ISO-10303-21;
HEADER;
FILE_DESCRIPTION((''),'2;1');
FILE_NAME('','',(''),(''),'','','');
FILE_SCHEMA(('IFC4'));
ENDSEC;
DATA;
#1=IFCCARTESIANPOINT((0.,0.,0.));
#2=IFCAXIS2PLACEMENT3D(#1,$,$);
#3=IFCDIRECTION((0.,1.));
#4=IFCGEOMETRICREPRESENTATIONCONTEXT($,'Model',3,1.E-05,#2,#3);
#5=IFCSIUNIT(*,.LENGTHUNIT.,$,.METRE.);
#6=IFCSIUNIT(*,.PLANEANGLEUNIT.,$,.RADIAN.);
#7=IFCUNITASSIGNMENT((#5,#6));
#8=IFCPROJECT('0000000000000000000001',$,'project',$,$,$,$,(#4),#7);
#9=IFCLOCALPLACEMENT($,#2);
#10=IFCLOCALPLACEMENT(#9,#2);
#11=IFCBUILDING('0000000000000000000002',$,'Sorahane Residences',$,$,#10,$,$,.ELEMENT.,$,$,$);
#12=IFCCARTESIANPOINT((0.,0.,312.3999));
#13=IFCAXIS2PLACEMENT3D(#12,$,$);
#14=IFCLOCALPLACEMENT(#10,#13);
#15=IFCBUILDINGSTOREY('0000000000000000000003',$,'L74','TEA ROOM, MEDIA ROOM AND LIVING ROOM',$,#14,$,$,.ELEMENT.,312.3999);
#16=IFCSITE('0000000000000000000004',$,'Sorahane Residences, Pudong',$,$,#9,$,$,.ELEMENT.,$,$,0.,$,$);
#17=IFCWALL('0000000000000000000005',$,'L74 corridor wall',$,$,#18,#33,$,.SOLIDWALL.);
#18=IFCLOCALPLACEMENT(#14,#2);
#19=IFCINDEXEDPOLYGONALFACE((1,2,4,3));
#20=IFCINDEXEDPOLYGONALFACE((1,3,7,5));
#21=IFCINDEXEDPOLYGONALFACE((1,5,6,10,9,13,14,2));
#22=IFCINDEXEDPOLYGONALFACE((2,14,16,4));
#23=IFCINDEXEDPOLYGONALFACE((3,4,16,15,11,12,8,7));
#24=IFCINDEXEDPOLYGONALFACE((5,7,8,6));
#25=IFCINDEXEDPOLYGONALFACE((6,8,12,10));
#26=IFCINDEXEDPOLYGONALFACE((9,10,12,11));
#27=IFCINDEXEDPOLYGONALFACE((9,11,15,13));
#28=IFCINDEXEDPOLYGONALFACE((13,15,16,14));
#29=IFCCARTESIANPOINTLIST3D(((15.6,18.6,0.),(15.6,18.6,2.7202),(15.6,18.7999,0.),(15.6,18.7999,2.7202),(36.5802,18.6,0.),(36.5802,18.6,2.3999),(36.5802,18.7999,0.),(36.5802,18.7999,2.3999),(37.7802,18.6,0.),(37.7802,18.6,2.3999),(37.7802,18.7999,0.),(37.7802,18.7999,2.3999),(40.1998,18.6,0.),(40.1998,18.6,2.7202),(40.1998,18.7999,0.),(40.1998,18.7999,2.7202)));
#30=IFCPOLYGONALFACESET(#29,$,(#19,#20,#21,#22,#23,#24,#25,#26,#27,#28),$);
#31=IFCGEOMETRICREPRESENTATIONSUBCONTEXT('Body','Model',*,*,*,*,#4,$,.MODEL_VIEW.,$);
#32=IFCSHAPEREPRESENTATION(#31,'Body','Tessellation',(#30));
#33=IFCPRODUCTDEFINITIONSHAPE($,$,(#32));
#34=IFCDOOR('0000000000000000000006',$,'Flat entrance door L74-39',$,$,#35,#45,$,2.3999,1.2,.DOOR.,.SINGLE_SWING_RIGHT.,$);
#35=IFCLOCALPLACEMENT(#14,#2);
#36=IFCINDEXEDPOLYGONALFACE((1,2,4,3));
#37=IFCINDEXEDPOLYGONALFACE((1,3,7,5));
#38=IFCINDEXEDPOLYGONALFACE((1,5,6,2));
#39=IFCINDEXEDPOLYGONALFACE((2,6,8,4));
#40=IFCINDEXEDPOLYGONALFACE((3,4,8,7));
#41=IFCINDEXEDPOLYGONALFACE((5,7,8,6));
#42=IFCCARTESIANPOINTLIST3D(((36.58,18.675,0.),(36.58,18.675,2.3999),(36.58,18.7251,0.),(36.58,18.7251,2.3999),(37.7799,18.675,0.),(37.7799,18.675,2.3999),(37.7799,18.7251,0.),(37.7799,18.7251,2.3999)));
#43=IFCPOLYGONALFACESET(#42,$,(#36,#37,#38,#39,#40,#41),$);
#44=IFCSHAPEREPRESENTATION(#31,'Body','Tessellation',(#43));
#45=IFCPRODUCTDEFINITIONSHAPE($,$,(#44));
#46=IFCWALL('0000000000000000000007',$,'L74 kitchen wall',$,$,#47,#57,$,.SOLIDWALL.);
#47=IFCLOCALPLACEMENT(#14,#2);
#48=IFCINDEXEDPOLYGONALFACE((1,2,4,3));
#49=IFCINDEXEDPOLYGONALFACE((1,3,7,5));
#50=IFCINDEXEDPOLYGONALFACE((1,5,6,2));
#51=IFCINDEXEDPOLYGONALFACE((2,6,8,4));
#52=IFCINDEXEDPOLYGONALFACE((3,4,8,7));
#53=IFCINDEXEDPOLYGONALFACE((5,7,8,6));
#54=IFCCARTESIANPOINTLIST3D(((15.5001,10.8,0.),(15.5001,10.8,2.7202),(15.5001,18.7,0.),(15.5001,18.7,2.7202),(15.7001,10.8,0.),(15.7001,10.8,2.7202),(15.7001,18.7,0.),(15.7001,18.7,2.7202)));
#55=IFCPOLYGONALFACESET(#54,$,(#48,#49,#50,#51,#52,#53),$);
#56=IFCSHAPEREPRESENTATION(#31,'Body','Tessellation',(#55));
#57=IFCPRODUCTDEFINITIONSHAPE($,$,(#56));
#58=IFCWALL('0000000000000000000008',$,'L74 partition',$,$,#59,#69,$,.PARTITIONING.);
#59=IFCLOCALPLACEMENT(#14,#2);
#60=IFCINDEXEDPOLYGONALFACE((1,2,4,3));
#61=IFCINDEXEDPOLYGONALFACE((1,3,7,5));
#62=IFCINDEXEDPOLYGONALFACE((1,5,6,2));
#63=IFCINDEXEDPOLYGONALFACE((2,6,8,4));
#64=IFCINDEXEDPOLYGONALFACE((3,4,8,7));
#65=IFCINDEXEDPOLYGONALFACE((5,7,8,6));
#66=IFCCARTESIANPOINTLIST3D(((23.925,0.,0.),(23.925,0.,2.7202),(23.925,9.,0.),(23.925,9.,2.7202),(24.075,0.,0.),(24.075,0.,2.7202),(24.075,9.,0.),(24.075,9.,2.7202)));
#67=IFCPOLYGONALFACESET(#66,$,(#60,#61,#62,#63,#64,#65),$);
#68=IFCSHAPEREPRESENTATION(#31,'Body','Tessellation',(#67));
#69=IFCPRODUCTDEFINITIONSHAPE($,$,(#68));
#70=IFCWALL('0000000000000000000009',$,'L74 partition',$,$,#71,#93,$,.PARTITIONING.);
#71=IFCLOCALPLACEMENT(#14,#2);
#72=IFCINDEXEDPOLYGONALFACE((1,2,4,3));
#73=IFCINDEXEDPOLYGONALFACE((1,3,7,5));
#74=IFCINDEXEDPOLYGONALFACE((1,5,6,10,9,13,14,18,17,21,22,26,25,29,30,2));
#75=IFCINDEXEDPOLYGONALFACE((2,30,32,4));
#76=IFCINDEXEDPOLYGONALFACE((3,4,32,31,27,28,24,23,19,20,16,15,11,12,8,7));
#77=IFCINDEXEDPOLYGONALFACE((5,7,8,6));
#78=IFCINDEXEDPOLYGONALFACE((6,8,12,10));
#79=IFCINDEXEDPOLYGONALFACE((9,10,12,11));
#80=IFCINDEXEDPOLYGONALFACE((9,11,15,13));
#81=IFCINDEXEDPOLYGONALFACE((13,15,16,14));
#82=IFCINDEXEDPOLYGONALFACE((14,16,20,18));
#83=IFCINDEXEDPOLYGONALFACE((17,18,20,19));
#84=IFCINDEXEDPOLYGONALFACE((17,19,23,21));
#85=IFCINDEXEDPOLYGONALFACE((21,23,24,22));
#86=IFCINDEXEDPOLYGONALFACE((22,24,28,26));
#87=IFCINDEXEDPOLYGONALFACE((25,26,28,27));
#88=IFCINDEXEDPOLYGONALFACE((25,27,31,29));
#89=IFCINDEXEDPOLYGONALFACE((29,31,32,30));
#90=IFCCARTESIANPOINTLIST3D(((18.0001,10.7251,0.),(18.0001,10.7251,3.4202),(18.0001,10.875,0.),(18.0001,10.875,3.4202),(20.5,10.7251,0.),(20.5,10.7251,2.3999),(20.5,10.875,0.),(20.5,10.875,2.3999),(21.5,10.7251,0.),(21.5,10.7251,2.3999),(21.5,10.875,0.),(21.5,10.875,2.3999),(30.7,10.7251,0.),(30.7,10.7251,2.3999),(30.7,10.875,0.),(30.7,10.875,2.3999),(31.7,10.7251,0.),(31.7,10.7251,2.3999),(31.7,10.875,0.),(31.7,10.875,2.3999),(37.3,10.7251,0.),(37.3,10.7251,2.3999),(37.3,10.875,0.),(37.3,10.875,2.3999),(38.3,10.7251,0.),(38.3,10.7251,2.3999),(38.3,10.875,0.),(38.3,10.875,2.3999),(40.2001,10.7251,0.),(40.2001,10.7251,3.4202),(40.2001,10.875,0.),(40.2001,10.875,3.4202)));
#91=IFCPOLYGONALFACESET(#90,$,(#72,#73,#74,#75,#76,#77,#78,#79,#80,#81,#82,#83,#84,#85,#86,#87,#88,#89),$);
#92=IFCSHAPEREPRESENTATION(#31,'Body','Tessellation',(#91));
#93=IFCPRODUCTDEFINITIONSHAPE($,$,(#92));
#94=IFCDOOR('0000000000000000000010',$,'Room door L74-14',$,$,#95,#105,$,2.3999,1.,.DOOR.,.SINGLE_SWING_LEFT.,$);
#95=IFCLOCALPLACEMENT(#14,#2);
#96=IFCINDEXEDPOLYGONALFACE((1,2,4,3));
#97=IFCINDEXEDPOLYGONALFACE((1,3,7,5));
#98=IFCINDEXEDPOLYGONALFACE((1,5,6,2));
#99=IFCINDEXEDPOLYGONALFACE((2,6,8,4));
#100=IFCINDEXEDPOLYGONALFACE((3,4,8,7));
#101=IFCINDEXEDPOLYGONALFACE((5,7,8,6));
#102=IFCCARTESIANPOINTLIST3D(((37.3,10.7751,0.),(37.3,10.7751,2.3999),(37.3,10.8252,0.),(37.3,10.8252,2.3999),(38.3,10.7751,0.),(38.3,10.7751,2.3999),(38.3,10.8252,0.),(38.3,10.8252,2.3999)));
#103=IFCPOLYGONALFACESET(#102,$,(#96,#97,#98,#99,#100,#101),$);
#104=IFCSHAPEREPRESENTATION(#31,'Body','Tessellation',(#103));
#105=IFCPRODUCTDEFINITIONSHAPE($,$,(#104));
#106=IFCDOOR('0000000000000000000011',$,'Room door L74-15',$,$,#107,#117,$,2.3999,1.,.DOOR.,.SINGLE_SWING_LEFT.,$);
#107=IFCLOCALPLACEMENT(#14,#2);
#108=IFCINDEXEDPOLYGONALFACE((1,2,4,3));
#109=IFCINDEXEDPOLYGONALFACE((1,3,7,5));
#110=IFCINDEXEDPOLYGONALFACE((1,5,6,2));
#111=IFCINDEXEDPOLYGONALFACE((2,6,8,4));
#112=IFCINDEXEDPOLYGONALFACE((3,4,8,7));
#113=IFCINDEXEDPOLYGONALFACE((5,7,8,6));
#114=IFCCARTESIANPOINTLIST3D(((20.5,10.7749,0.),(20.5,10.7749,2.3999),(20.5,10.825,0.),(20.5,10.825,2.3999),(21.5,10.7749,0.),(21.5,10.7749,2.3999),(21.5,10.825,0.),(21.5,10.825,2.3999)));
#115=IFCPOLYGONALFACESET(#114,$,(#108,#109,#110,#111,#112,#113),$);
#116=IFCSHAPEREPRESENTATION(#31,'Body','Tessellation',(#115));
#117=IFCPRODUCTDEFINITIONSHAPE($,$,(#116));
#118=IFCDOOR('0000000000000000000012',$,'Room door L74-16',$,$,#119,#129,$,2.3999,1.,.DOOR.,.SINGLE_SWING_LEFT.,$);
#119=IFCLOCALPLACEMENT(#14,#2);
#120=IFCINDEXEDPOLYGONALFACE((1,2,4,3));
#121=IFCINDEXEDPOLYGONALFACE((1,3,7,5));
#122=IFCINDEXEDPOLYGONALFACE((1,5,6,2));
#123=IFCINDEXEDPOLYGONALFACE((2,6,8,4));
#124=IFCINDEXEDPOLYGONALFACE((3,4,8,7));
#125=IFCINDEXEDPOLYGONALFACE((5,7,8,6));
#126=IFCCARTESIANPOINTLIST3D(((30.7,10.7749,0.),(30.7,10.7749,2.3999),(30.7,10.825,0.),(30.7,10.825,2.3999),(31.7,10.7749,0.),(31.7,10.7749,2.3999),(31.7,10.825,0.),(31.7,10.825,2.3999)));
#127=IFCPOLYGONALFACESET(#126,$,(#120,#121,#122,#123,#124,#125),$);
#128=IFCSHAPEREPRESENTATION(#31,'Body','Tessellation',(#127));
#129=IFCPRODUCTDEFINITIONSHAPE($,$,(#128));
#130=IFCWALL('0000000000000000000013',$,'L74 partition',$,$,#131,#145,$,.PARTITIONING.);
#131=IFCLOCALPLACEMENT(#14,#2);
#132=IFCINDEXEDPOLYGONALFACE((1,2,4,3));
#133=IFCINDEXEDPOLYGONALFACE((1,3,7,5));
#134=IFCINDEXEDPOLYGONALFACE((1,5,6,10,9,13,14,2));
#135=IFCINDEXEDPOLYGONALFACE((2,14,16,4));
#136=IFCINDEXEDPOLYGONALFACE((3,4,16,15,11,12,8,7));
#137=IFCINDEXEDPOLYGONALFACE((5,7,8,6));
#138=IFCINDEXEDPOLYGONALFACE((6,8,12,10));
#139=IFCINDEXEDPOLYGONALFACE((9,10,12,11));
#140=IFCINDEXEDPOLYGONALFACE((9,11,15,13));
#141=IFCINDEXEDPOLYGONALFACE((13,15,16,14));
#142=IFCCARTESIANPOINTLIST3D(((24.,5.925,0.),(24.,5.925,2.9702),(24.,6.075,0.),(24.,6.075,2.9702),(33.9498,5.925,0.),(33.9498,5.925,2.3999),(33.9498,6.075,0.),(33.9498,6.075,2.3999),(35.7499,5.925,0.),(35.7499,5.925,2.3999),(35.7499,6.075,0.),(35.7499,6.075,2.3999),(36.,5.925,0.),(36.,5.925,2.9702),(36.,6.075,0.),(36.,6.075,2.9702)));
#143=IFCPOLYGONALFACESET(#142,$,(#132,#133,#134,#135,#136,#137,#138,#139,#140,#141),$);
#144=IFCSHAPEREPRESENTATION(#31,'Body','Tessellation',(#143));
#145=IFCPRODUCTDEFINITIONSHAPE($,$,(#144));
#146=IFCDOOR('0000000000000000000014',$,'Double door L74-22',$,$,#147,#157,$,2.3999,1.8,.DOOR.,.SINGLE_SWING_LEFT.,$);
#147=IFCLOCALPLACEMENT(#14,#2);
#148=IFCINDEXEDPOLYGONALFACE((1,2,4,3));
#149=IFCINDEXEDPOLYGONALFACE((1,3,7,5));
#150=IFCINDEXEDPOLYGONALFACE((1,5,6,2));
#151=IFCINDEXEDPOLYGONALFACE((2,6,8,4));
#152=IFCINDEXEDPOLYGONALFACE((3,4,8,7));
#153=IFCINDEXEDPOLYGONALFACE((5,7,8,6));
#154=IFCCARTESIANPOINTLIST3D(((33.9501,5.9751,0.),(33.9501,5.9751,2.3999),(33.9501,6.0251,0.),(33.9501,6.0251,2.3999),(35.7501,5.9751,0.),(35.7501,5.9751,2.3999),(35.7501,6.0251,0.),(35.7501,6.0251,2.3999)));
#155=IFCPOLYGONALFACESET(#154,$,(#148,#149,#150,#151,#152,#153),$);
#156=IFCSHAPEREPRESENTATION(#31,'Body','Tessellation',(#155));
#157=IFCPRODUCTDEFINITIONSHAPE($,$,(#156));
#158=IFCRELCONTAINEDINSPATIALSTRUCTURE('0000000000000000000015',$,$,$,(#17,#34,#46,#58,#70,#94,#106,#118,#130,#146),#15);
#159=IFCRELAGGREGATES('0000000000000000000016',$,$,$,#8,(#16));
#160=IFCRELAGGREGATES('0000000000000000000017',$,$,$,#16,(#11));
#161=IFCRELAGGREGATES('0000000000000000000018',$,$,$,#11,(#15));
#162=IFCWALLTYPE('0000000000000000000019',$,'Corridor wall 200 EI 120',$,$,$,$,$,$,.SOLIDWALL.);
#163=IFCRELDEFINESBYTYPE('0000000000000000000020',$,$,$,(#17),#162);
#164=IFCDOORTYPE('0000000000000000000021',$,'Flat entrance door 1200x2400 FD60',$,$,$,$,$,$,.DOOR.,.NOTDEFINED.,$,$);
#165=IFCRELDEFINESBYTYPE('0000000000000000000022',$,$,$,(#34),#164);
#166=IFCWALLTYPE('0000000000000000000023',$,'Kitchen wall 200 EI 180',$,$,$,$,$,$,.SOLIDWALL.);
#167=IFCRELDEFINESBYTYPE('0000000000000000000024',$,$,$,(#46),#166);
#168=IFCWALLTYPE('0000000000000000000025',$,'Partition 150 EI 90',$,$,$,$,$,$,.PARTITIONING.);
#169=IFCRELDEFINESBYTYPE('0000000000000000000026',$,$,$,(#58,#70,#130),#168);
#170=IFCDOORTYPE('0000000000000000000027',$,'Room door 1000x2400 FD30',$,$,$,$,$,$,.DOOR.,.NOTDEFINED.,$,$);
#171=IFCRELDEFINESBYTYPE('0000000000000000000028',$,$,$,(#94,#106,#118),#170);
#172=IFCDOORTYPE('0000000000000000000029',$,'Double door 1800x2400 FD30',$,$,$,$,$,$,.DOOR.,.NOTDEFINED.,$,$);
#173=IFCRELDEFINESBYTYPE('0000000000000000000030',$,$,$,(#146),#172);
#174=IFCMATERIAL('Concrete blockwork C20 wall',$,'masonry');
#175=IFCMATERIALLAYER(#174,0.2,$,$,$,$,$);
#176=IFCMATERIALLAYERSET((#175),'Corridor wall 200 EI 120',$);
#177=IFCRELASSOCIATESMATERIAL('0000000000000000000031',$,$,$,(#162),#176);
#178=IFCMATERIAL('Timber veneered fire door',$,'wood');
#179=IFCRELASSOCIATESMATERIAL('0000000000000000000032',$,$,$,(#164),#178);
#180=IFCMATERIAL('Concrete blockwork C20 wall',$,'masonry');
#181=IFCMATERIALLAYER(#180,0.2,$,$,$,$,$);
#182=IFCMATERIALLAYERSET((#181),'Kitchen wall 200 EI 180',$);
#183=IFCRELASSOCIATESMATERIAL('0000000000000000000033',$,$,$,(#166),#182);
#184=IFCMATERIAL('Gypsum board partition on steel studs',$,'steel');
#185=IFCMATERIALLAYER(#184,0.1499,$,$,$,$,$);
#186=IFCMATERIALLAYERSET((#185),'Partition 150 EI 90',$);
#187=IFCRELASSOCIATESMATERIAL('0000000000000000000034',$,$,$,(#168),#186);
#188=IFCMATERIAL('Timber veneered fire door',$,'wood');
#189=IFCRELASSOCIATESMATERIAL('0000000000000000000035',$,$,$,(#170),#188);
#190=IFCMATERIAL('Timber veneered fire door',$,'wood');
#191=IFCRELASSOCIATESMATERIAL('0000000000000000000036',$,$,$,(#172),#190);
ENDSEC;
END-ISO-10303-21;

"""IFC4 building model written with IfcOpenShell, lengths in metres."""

from ifc_helpers import new_model, si_unit, direction, frame, frame_2d, origin, place, context, subcontext, project, spatial, rectangle, extrude, material, layer, layer_set, type_object, element, fill, save


model = new_model("IFC4")

# Units and contexts
model_context = context("Model", 3, precision=1e-05, world=origin(), true_north=direction((0.0, 1.0)))
body_context = subcontext(model_context, "Body", "Model", "MODEL_VIEW")
ifc_project = project(units=[si_unit("LENGTHUNIT", "METRE"), si_unit("PLANEANGLEUNIT", "RADIAN")], contexts=[model_context])

# Site, building, storey
site_placement = place(None, origin())
site = spatial("IfcSite", under=ifc_project, at=site_placement, Name="Sorahane Residences, Pudong", CompositionType="ELEMENT", RefElevation=0.0)
building_placement = place(site_placement, origin())
building = spatial("IfcBuilding", under=site, at=building_placement, Name="Sorahane Residences", CompositionType="ELEMENT")
storey_placement = place(building_placement, frame((0.0, 0.0, 312.3999)))
storey = spatial("IfcBuildingStorey", under=building, at=storey_placement, Name="L74", Description="TEA ROOM, MEDIA ROOM AND LIVING ROOM", CompositionType="ELEMENT", Elevation=312.3999)

# Wall, opening, door
ifc_material_1 = material(Name="Concrete blockwork C20 wall", Category="masonry")
ifc_layer_1 = layer(ifc_material_1, 0.2)
ifc_layer_set_1 = layer_set([ifc_layer_1], Name="Corridor wall 200 EI 120")
wall_type_1 = type_object("IfcWallType", Name="Corridor wall 200 EI 120", PredefinedType="SOLIDWALL", material=ifc_layer_set_1)
wall_1_placement = place(storey_placement, frame((15.6001, 18.7, 0.0), z_axis=(0.0, 0.0, 1.0), x_axis=(1.0, 0.0, 0.0)))
wall_1 = element("IfcWall", 1, at=wall_1_placement, inside=storey, type_object=wall_type_1, Name="L74 corridor wall", PredefinedType="SOLIDWALL", context=body_context, shape_type="SweptSolid", body=[
    extrude(rectangle(XDim=24.5999, YDim=0.2, at=frame_2d((12.2998, 0.0))), origin(), (0.0, 0.0, 1.0), 2.7202),
])
opening_1_placement = place(wall_1_placement, frame((20.98, 0.0, 0.0)))
opening_1 = element("IfcOpeningElement", 2, at=opening_1_placement, cuts=wall_1, PredefinedType="OPENING", context=body_context, shape_type="SweptSolid", body=[
    extrude(rectangle(XDim=1.2, YDim=2.3999, at=frame_2d((0.6001, 1.2))), frame((0.0, 0.1099, 0.0), z_axis=(0.0, -1.0, 0.0), x_axis=(1.0, 0.0, 0.0)), (0.0, 0.0, 1.0), 0.22),
])
ifc_material_2 = material(Name="Timber veneered fire door", Category="wood")
door_type_1 = type_object("IfcDoorType", Name="Flat entrance door 1200x2400 FD60", OperationType="NOTDEFINED", PredefinedType="DOOR", material=ifc_material_2)
door_1_placement = place(opening_1_placement, frame((1.2, 0.0, 0.0), z_axis=(0.0, 0.0, 1.0), x_axis=(-1.0, 0.0, 0.0)))
door_1 = element("IfcDoor", 3, at=door_1_placement, inside=storey, type_object=door_type_1, Name="Flat entrance door L74-39", OperationType="SINGLE_SWING_RIGHT", OverallHeight=2.3999, OverallWidth=1.2, PredefinedType="DOOR", context=body_context, shape_type="SweptSolid", body=[
    extrude(rectangle(XDim=1.2, YDim=2.3999, at=frame_2d((0.6001, 1.2))), frame((0.0, 0.0249, 0.0), z_axis=(0.0, -1.0, 0.0), x_axis=(1.0, 0.0, 0.0)), (0.0, 0.0, 1.0), 0.05),
])
fill(opening_1, door_1)

# Walls
ifc_material_3 = material(Name="Concrete blockwork C20 wall", Category="masonry")
ifc_layer_2 = layer(ifc_material_3, 0.2)
ifc_layer_set_2 = layer_set([ifc_layer_2], Name="Kitchen wall 200 EI 180")
wall_type_2 = type_object("IfcWallType", Name="Kitchen wall 200 EI 180", PredefinedType="SOLIDWALL", material=ifc_layer_set_2)
wall_2_placement = place(storey_placement, frame((15.6001, 10.8, 0.0), z_axis=(0.0, 0.0, 1.0), x_axis=(0.0, 1.0, 0.0)))
element("IfcWall", 4, at=wall_2_placement, inside=storey, type_object=wall_type_2, Name="L74 kitchen wall", PredefinedType="SOLIDWALL", context=body_context, shape_type="SweptSolid", body=[
    extrude(rectangle(XDim=7.8999, YDim=0.2, at=frame_2d((3.95, 0.0))), origin(), (0.0, 0.0, 1.0), 2.7202),
])
ifc_material_4 = material(Name="Gypsum board partition on steel studs", Category="steel")
ifc_layer_3 = layer(ifc_material_4, 0.1499)
ifc_layer_set_3 = layer_set([ifc_layer_3], Name="Partition 150 EI 90")
wall_type_3 = type_object("IfcWallType", Name="Partition 150 EI 90", PredefinedType="PARTITIONING", material=ifc_layer_set_3)
wall_3_placement = place(storey_placement, frame((24.0, 0.0, 0.0), z_axis=(0.0, 0.0, 1.0), x_axis=(0.0, 1.0, 0.0)))
element("IfcWall", 5, at=wall_3_placement, inside=storey, type_object=wall_type_3, Name="L74 partition", PredefinedType="PARTITIONING", context=body_context, shape_type="SweptSolid", body=[
    extrude(rectangle(XDim=9.0, YDim=0.1499, at=frame_2d((4.5, 0.0))), origin(), (0.0, 0.0, 1.0), 2.7202),
])

# Wall, openings, doors
wall_4_placement = place(storey_placement, frame((18.0, 10.8, 0.0), z_axis=(0.0, 0.0, 1.0), x_axis=(1.0, 0.0, 0.0)))
wall_4 = element("IfcWall", 6, at=wall_4_placement, inside=storey, type_object=wall_type_3, Name="L74 partition", PredefinedType="PARTITIONING", context=body_context, shape_type="SweptSolid", body=[
    extrude(rectangle(XDim=22.2, YDim=0.1499, at=frame_2d((11.1001, 0.0))), origin(), (0.0, 0.0, 1.0), 3.4202),
])
opening_2_placement = place(wall_4_placement, frame((19.3, 0.0, 0.0)))
opening_2 = element("IfcOpeningElement", 7, at=opening_2_placement, cuts=wall_4, PredefinedType="OPENING", context=body_context, shape_type="SweptSolid", body=[
    extrude(rectangle(XDim=1.0, YDim=2.3999, at=frame_2d((0.5, 1.2))), frame((0.0, 0.085, 0.0), z_axis=(0.0, -1.0, 0.0), x_axis=(1.0, 0.0, 0.0)), (0.0, 0.0, 1.0), 0.1699),
])
opening_3_placement = place(wall_4_placement, frame((2.5, 0.0, 0.0)))
opening_3 = element("IfcOpeningElement", 8, at=opening_3_placement, cuts=wall_4, PredefinedType="OPENING", context=body_context, shape_type="SweptSolid", body=[
    extrude(rectangle(XDim=1.0, YDim=2.3999, at=frame_2d((0.5, 1.2))), frame((0.0, 0.085, 0.0), z_axis=(0.0, -1.0, 0.0), x_axis=(1.0, 0.0, 0.0)), (0.0, 0.0, 1.0), 0.1699),
])
opening_4_placement = place(wall_4_placement, frame((12.7, 0.0, 0.0)))
opening_4 = element("IfcOpeningElement", 9, at=opening_4_placement, cuts=wall_4, PredefinedType="OPENING", context=body_context, shape_type="SweptSolid", body=[
    extrude(rectangle(XDim=1.0, YDim=2.3999, at=frame_2d((0.5, 1.2))), frame((0.0, 0.085, 0.0), z_axis=(0.0, -1.0, 0.0), x_axis=(1.0, 0.0, 0.0)), (0.0, 0.0, 1.0), 0.1699),
])
ifc_material_5 = material(Name="Timber veneered fire door", Category="wood")
door_type_2 = type_object("IfcDoorType", Name="Room door 1000x2400 FD30", OperationType="NOTDEFINED", PredefinedType="DOOR", material=ifc_material_5)
door_2_placement = place(opening_2_placement, frame((1.0, 0.0, 0.0), z_axis=(0.0, 0.0, 1.0), x_axis=(-1.0, 0.0, 0.0)))
door_2 = element("IfcDoor", 10, at=door_2_placement, inside=storey, type_object=door_type_2, Name="Room door L74-14", OperationType="SINGLE_SWING_LEFT", OverallHeight=2.3999, OverallWidth=1.0, PredefinedType="DOOR", context=body_context, shape_type="SweptSolid", body=[
    extrude(rectangle(XDim=1.0, YDim=2.3999, at=frame_2d((0.5, 1.2))), frame((0.0, 0.0249, 0.0), z_axis=(0.0, -1.0, 0.0), x_axis=(1.0, 0.0, 0.0)), (0.0, 0.0, 1.0), 0.05),
])
fill(opening_2, door_2)
door_3_placement = place(opening_3_placement, origin())
door_3 = element("IfcDoor", 11, at=door_3_placement, inside=storey, type_object=door_type_2, Name="Room door L74-15", OperationType="SINGLE_SWING_LEFT", OverallHeight=2.3999, OverallWidth=1.0, PredefinedType="DOOR", context=body_context, shape_type="SweptSolid", body=[
    extrude(rectangle(XDim=1.0, YDim=2.3999, at=frame_2d((0.5, 1.2))), frame((0.0, 0.0249, 0.0), z_axis=(0.0, -1.0, 0.0), x_axis=(1.0, 0.0, 0.0)), (0.0, 0.0, 1.0), 0.05),
])
fill(opening_3, door_3)
door_4_placement = place(opening_4_placement, origin())
door_4 = element("IfcDoor", 12, at=door_4_placement, inside=storey, type_object=door_type_2, Name="Room door L74-16", OperationType="SINGLE_SWING_LEFT", OverallHeight=2.3999, OverallWidth=1.0, PredefinedType="DOOR", context=body_context, shape_type="SweptSolid", body=[
    extrude(rectangle(XDim=1.0, YDim=2.3999, at=frame_2d((0.5, 1.2))), frame((0.0, 0.0249, 0.0), z_axis=(0.0, -1.0, 0.0), x_axis=(1.0, 0.0, 0.0)), (0.0, 0.0, 1.0), 0.05),
])
fill(opening_4, door_4)

# Wall, opening, door
wall_5_placement = place(storey_placement, frame((24.0, 6.0, 0.0), z_axis=(0.0, 0.0, 1.0), x_axis=(1.0, 0.0, 0.0)))
wall_5 = element("IfcWall", 13, at=wall_5_placement, inside=storey, type_object=wall_type_3, Name="L74 partition", PredefinedType="PARTITIONING", context=body_context, shape_type="SweptSolid", body=[
    extrude(rectangle(XDim=12.0, YDim=0.1499, at=frame_2d((6.0, 0.0))), origin(), (0.0, 0.0, 1.0), 2.9702),
])
opening_5_placement = place(wall_5_placement, frame((9.95, 0.0, 0.0)))
opening_5 = element("IfcOpeningElement", 14, at=opening_5_placement, cuts=wall_5, PredefinedType="OPENING", context=body_context, shape_type="SweptSolid", body=[
    extrude(rectangle(XDim=1.8, YDim=2.3999, at=frame_2d((0.8999, 1.2))), frame((0.0, 0.085, 0.0), z_axis=(0.0, -1.0, 0.0), x_axis=(1.0, 0.0, 0.0)), (0.0, 0.0, 1.0), 0.1699),
])
ifc_material_6 = material(Name="Timber veneered fire door", Category="wood")
door_type_3 = type_object("IfcDoorType", Name="Double door 1800x2400 FD30", OperationType="NOTDEFINED", PredefinedType="DOOR", material=ifc_material_6)
door_5_placement = place(opening_5_placement, frame((1.8, 0.0, 0.0), z_axis=(0.0, 0.0, 1.0), x_axis=(-1.0, 0.0, 0.0)))
door_5 = element("IfcDoor", 15, at=door_5_placement, inside=storey, type_object=door_type_3, Name="Double door L74-22", OperationType="SINGLE_SWING_LEFT", OverallHeight=2.3999, OverallWidth=1.8, PredefinedType="DOOR", context=body_context, shape_type="SweptSolid", body=[
    extrude(rectangle(XDim=1.8, YDim=2.3999, at=frame_2d((0.8999, 1.2))), frame((0.0, 0.0249, 0.0), z_axis=(0.0, -1.0, 0.0), x_axis=(1.0, 0.0, 0.0)), (0.0, 0.0, 1.0), 0.05),
])
fill(opening_5, door_5)

save(model, "model.ifc")
